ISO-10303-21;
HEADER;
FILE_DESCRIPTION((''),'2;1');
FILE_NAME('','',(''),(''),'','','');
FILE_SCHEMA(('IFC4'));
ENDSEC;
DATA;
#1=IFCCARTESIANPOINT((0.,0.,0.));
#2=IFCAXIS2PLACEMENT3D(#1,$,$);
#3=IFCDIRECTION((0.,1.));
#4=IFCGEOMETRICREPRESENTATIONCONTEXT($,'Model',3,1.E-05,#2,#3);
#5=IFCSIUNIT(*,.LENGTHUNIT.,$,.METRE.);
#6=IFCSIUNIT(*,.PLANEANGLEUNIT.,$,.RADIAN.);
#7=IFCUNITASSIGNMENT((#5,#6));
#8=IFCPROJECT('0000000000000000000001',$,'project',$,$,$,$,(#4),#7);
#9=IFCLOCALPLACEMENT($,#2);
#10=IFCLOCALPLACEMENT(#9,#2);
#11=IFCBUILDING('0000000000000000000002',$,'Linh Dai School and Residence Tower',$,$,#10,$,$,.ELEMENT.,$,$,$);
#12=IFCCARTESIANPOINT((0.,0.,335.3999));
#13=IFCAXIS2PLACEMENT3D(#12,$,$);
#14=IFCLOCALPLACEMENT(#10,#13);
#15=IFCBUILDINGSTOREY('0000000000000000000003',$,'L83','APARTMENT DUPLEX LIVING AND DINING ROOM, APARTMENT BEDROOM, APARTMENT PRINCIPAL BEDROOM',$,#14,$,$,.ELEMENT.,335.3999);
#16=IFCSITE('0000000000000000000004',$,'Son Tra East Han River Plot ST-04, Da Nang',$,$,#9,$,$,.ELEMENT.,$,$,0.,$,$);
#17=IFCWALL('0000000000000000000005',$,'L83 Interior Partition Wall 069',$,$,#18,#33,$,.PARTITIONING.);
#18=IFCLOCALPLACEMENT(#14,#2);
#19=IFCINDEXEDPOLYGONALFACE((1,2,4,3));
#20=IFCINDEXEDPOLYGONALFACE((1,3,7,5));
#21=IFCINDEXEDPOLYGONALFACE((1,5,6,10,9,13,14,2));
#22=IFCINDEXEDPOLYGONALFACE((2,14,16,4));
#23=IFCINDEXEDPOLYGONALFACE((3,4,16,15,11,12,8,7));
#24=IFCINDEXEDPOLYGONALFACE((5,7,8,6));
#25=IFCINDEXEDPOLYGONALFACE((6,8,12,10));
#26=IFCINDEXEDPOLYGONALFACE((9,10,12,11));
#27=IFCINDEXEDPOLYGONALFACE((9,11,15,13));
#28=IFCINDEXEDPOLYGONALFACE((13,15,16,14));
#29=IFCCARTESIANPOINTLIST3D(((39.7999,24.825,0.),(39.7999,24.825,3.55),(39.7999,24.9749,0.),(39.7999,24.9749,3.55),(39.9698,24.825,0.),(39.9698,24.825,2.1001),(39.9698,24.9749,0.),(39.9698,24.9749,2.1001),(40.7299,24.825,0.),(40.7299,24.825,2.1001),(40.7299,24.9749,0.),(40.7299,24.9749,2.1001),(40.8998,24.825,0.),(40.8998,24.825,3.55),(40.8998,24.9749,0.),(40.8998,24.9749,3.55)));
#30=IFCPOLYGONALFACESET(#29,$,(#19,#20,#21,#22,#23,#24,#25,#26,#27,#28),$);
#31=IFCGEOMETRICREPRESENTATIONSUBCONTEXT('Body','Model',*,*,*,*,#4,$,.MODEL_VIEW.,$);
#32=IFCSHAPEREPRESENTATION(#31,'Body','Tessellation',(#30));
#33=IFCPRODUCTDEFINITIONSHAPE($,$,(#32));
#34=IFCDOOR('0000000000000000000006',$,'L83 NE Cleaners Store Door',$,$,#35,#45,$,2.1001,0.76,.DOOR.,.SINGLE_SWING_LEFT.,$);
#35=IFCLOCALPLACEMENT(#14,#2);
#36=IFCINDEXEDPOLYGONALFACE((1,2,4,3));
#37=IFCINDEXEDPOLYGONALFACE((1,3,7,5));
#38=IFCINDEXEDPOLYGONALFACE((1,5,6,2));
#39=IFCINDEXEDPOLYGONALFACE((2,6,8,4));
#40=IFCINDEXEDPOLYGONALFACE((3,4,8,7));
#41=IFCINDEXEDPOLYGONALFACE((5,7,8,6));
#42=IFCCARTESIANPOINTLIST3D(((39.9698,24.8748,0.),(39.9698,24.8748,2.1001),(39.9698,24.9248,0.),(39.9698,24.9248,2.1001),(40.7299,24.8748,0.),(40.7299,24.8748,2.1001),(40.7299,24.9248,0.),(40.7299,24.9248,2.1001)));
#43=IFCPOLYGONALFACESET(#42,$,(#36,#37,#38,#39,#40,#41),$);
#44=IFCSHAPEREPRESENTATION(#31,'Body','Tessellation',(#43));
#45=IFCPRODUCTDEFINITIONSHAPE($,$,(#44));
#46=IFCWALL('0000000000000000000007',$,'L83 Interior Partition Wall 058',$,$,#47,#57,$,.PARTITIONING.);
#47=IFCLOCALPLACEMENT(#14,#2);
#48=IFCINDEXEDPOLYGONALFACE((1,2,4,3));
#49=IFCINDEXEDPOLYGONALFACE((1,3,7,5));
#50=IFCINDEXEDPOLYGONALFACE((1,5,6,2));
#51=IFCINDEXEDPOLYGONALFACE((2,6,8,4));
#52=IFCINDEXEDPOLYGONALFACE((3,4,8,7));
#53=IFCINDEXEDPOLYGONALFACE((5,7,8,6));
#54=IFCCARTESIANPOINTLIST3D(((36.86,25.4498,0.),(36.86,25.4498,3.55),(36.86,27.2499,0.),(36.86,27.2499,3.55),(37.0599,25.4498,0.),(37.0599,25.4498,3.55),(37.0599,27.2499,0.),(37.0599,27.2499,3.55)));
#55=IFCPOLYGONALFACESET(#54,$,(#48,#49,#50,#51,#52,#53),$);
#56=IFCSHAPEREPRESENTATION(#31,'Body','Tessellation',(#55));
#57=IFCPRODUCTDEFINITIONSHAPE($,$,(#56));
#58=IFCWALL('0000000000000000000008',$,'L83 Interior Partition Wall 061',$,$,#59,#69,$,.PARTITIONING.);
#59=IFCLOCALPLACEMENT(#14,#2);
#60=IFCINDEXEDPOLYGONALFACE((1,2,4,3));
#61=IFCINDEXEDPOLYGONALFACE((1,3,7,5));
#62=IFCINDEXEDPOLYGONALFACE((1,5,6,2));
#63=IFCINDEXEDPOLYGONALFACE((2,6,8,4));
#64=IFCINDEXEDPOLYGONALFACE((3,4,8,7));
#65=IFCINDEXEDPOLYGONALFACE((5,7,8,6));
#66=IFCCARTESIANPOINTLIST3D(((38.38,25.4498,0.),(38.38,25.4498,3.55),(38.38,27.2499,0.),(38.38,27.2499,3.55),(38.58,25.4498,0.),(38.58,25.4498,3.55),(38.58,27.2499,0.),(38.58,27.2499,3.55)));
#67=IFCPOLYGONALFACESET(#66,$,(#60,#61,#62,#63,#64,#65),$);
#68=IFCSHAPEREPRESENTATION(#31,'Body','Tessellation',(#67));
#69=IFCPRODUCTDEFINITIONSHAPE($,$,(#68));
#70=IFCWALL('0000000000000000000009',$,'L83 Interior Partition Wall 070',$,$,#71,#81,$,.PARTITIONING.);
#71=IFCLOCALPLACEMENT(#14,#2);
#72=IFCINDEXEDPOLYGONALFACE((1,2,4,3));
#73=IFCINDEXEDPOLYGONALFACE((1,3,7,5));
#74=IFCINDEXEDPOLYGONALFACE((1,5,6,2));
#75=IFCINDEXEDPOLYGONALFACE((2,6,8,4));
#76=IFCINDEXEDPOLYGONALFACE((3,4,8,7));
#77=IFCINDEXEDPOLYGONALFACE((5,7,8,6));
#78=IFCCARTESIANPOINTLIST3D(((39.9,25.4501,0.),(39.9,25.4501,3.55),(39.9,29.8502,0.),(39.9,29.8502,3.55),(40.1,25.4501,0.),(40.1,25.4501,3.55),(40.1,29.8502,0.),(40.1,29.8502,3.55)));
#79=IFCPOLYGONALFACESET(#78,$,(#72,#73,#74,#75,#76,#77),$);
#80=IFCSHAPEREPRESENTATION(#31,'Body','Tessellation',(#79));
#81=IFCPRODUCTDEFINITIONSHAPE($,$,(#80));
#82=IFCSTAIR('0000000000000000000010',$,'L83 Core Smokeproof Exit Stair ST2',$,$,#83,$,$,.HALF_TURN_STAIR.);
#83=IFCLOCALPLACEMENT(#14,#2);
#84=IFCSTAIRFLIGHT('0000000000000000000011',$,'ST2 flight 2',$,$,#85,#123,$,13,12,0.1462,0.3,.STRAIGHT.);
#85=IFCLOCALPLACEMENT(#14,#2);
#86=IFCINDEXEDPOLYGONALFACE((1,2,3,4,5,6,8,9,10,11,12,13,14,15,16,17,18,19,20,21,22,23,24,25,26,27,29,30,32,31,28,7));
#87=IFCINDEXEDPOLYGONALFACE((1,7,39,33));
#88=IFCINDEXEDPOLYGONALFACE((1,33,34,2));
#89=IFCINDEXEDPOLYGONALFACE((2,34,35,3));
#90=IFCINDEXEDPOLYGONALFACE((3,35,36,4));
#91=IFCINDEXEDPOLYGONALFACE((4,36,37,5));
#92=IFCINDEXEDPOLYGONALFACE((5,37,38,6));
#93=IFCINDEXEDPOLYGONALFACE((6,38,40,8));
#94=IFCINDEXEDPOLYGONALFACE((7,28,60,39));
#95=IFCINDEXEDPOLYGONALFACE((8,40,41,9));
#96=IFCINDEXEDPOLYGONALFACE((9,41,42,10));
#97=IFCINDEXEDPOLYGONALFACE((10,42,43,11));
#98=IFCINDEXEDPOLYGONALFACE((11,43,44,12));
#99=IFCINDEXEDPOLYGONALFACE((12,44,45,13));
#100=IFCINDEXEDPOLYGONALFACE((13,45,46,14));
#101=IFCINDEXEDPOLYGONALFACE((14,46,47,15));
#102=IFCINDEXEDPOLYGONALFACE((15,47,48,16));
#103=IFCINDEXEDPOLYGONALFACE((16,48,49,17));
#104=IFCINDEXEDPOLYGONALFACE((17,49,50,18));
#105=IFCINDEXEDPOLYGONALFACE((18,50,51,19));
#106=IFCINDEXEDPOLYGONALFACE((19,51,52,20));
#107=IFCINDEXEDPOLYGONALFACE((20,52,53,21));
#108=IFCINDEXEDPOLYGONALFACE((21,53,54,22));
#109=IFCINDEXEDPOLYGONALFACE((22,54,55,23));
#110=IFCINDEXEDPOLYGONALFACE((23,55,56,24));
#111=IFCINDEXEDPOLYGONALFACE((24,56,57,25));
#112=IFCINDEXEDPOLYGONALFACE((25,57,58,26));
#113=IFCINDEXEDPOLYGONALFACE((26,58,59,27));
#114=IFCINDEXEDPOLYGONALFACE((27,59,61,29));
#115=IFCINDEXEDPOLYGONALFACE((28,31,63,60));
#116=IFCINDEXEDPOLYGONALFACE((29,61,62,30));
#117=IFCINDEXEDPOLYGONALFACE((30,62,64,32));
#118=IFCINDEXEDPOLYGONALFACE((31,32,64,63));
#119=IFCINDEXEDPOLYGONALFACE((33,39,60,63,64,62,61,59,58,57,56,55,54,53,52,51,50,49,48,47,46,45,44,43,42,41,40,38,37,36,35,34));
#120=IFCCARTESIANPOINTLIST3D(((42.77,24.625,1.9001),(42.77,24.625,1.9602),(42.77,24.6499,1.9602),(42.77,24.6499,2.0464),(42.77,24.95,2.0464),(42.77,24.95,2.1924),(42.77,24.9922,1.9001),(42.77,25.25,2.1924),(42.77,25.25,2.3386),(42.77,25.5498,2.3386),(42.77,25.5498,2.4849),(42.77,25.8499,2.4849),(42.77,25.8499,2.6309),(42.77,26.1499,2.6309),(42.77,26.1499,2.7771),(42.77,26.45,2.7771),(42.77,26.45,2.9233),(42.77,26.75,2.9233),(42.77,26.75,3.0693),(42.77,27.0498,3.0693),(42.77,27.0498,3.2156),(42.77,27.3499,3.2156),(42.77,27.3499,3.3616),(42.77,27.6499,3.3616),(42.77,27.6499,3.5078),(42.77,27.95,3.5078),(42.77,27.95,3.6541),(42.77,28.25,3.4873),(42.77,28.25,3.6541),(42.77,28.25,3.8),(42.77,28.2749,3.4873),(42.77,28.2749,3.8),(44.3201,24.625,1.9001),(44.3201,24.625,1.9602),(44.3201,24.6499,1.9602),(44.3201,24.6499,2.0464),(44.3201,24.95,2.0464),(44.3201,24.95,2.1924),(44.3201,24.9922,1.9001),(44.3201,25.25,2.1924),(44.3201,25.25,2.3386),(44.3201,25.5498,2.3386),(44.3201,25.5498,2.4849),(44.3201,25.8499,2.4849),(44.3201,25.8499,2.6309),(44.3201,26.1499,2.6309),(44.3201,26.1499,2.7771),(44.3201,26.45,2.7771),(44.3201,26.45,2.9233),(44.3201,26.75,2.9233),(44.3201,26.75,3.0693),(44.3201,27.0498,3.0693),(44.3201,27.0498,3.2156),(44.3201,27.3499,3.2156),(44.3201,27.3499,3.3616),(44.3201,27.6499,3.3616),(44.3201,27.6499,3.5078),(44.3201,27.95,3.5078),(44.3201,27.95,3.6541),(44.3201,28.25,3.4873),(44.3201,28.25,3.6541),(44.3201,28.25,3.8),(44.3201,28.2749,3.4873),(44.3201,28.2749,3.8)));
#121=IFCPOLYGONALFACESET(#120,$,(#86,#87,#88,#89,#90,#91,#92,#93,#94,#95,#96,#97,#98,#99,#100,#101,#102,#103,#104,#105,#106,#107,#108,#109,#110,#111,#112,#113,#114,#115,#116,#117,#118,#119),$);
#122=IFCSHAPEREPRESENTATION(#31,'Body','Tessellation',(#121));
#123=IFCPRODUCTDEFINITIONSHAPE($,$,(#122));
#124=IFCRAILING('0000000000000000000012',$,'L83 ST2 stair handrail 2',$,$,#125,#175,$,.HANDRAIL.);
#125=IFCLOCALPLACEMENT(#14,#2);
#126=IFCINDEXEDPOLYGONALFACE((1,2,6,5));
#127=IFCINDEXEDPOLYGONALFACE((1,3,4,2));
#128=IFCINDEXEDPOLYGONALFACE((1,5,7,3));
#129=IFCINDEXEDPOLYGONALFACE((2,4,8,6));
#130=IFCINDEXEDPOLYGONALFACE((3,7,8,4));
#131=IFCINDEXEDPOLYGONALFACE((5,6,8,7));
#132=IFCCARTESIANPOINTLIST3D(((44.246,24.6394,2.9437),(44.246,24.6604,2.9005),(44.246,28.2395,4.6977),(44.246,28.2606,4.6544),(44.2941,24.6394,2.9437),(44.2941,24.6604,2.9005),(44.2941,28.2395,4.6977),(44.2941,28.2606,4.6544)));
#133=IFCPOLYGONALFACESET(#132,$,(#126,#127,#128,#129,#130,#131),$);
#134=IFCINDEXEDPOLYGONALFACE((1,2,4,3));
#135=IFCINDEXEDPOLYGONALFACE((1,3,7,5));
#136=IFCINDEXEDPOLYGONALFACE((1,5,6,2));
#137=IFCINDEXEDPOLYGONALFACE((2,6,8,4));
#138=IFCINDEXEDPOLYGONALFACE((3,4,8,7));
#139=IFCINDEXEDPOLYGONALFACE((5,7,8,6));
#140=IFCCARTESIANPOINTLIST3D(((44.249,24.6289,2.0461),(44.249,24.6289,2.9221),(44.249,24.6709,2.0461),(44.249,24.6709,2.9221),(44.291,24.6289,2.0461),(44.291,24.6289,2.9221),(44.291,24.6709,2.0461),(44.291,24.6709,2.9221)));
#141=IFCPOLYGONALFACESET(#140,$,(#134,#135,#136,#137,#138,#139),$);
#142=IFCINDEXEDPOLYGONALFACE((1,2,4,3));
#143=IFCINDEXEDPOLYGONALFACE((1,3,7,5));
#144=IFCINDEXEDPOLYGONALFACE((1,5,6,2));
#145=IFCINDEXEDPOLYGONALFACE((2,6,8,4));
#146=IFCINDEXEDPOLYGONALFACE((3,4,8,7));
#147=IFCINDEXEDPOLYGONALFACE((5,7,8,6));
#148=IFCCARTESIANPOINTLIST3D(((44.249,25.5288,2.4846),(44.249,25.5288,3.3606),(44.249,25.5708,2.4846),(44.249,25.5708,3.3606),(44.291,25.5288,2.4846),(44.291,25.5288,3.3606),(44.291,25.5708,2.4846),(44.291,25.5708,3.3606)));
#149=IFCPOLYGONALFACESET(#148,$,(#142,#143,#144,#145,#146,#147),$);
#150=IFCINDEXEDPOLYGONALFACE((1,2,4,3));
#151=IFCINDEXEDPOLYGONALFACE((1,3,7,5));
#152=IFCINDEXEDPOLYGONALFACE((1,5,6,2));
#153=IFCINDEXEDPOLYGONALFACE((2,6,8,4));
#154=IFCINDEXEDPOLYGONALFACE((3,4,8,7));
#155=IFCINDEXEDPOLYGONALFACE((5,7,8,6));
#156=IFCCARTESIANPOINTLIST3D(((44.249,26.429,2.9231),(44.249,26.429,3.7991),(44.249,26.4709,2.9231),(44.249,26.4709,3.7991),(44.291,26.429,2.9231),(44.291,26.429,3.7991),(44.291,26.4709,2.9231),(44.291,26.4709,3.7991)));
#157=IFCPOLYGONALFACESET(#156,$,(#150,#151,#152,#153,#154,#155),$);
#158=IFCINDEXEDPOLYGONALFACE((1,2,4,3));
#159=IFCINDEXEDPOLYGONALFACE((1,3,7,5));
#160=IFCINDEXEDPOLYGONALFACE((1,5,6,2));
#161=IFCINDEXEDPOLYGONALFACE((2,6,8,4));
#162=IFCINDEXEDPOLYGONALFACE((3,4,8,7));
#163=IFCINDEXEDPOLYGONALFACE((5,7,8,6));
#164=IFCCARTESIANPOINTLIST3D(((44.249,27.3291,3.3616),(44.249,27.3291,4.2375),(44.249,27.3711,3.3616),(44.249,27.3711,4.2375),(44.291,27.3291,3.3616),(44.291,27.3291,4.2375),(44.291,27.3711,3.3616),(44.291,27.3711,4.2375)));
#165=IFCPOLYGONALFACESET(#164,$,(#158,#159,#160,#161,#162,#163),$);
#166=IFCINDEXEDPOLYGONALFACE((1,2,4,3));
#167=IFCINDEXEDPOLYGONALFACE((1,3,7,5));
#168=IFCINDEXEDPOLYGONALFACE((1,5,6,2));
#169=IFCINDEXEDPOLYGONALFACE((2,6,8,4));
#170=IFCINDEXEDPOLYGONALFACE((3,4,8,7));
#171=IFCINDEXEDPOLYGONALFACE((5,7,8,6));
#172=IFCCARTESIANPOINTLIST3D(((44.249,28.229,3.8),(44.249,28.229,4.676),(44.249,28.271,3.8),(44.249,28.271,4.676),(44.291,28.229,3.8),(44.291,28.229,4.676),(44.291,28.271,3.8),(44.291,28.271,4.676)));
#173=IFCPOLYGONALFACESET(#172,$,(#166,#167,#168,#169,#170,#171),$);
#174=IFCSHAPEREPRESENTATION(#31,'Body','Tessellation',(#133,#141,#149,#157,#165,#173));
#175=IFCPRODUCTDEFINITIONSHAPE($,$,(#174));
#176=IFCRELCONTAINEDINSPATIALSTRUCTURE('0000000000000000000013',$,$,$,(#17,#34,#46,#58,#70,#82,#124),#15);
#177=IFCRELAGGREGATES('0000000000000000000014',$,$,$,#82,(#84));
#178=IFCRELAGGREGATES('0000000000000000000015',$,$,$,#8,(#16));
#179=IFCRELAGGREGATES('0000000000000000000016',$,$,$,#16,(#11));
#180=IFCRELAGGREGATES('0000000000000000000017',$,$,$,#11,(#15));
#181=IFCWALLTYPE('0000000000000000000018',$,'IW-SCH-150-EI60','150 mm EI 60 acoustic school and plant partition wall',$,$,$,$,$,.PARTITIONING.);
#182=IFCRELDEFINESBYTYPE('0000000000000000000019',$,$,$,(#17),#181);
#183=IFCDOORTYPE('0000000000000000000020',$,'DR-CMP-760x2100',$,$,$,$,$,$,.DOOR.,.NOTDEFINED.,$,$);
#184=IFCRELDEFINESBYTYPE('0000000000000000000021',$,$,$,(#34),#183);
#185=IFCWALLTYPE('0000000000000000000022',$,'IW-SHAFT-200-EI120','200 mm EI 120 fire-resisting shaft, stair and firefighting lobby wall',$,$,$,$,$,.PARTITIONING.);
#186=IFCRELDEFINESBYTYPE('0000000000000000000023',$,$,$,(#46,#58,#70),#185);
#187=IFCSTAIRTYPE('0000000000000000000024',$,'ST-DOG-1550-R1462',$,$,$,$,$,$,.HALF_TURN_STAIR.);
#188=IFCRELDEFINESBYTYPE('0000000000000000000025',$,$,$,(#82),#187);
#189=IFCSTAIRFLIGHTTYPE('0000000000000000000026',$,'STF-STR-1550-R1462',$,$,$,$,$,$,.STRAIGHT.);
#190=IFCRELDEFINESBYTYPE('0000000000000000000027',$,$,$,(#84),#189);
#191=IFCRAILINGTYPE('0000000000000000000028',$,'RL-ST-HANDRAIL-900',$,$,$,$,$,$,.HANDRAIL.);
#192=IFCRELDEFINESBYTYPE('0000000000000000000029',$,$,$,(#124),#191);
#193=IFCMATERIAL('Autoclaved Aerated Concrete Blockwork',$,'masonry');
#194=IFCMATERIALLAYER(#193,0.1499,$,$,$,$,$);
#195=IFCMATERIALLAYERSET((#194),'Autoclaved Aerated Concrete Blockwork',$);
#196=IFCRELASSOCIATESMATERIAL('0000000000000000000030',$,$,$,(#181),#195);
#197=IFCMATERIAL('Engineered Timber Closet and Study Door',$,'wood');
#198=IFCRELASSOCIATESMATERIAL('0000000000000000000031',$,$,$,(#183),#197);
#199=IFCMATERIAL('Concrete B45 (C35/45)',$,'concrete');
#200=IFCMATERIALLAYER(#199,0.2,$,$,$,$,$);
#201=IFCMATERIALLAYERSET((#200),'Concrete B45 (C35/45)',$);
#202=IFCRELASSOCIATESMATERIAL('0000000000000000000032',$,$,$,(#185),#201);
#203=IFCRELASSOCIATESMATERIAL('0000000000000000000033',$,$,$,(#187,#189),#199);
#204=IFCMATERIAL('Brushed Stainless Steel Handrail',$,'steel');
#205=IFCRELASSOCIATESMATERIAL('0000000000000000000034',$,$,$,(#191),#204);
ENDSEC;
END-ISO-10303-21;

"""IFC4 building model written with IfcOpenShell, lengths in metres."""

from ifc_helpers import new_model, si_unit, direction, frame, frame_2d, origin, origin_2d, place, context, subcontext, project, spatial, polyline, rectangle, outline, extrude, source, transform, mapped, material, layer, layer_set, type_object, element, fill, aggregate, save


model = new_model("IFC4")

# Units and contexts
model_context = context("Model", 3, precision=1e-05, world=origin(), true_north=direction((0.0, 1.0)))
body_context = subcontext(model_context, "Body", "Model", "MODEL_VIEW")
ifc_project = project(units=[si_unit("LENGTHUNIT", "METRE"), si_unit("PLANEANGLEUNIT", "RADIAN")], contexts=[model_context])

# Site, building, storey
site_placement = place(None, origin())
site = spatial("IfcSite", under=ifc_project, at=site_placement, Name="Son Tra East Han River Plot ST-04, Da Nang", CompositionType="ELEMENT", RefElevation=0.0)
building_placement = place(site_placement, origin())
building = spatial("IfcBuilding", under=site, at=building_placement, Name="Linh Dai School and Residence Tower", CompositionType="ELEMENT")
storey_placement = place(building_placement, frame((0.0, 0.0, 335.3999)))
storey = spatial("IfcBuildingStorey", under=building, at=storey_placement, Name="L83", Description="APARTMENT DUPLEX LIVING AND DINING ROOM, APARTMENT BEDROOM, APARTMENT PRINCIPAL BEDROOM", CompositionType="ELEMENT", Elevation=335.3999)

# Shared definitions
ifc_material_1 = material(Name="Autoclaved Aerated Concrete Blockwork", Category="masonry")

# Wall, opening, door
ifc_layer_1 = layer(ifc_material_1, 0.1499)
ifc_layer_set_1 = layer_set([ifc_layer_1], Name="Autoclaved Aerated Concrete Blockwork")
wall_type_1 = type_object("IfcWallType", Name="IW-SCH-150-EI60", Description="150 mm EI 60 acoustic school and plant partition wall", PredefinedType="PARTITIONING", material=ifc_layer_set_1)
wall_1_placement = place(storey_placement, frame((39.8, 24.8999, 0.0), z_axis=(0.0, 0.0, 1.0), x_axis=(1.0, 0.0, 0.0)))
wall_1 = element("IfcWall", 1, at=wall_1_placement, inside=storey, type_object=wall_type_1, Name="L83 Interior Partition Wall 069", PredefinedType="PARTITIONING", context=body_context, shape_type="SweptSolid", body=[
    extrude(rectangle(XDim=1.0999, YDim=0.1499, at=frame_2d((0.5498, 0.0))), origin(), (0.0, 0.0, 1.0), 3.55),
])
opening_1_placement = place(wall_1_placement, frame((0.1699, 0.0, 0.0)))
opening_1 = element("IfcOpeningElement", 2, at=opening_1_placement, cuts=wall_1, PredefinedType="OPENING", context=body_context, shape_type="SweptSolid", body=[
    extrude(rectangle(XDim=0.76, YDim=2.1001, at=origin_2d()), frame((0.3799, 0.085, 1.05), z_axis=(0.0, -1.0, 0.0), x_axis=(1.0, 0.0, 0.0)), (0.0, 0.0, 1.0), 0.1699),
])
ifc_material_2 = material(Name="Engineered Timber Closet and Study Door", Category="wood")
door_type_1 = type_object("IfcDoorType", Name="DR-CMP-760x2100", OperationType="NOTDEFINED", PredefinedType="DOOR", material=ifc_material_2)
shared_shape_1 = source(origin(), body_context, "Body", "SweptSolid", [
    extrude(rectangle(XDim=0.76, YDim=2.1001, at=origin_2d()), frame((0.3799, 0.0249, 1.05), z_axis=(0.0, -1.0, 0.0), x_axis=(1.0, 0.0, 0.0)), (0.0, 0.0, 1.0), 0.05),
])
door_1_placement = place(opening_1_placement, origin())
door_1 = element("IfcDoor", 3, at=door_1_placement, inside=storey, type_object=door_type_1, Name="L83 NE Cleaners Store Door", OperationType="SINGLE_SWING_LEFT", OverallHeight=2.1001, OverallWidth=0.76, PredefinedType="DOOR", context=body_context, shape_type="MappedRepresentation", body=[
    mapped(shared_shape_1, transform((0.0, 0.0, 0.0), x_axis=(1.0, 0.0, 0.0), y_axis=(0.0, 1.0, 0.0), z_axis=(0.0, 0.0, 1.0), scale=1.0)),
])
fill(opening_1, door_1)

# Walls
ifc_material_3 = material(Name="Concrete B45 (C35/45)", Category="concrete")
ifc_layer_2 = layer(ifc_material_3, 0.2)
ifc_layer_set_2 = layer_set([ifc_layer_2], Name="Concrete B45 (C35/45)")
wall_type_2 = type_object("IfcWallType", Name="IW-SHAFT-200-EI120", Description="200 mm EI 120 fire-resisting shaft, stair and firefighting lobby wall", PredefinedType="PARTITIONING", material=ifc_layer_set_2)
for number, where, z_axis, x_axis, name in (
    (4, (36.96, 25.45, 0.0), (0.0, 0.0, 1.0), (0.0, 1.0, 0.0), "L83 Interior Partition Wall 058"),
    (5, (38.48, 25.45, 0.0), (0.0, 0.0, 1.0), (0.0, 1.0, 0.0), "L83 Interior Partition Wall 061"),
):
    element("IfcWall", number, at=place(storey_placement, frame(where, z_axis=z_axis, x_axis=x_axis)), inside=storey, type_object=wall_type_2, Name=name, PredefinedType="PARTITIONING", context=body_context, shape_type="SweptSolid", body=[
        extrude(rectangle(XDim=1.8, YDim=0.2, at=frame_2d((0.8999, 0.0))), origin(), (0.0, 0.0, 1.0), 3.55),
    ])
wall_2_placement = place(storey_placement, frame((40.0, 25.45, 0.0), z_axis=(0.0, 0.0, 1.0), x_axis=(0.0, 1.0, 0.0)))
element("IfcWall", 6, at=wall_2_placement, inside=storey, type_object=wall_type_2, Name="L83 Interior Partition Wall 070", PredefinedType="PARTITIONING", context=body_context, shape_type="SweptSolid", body=[
    extrude(rectangle(XDim=4.4001, YDim=0.2, at=frame_2d((2.2002, 0.0))), origin(), (0.0, 0.0, 1.0), 3.55),
])

# Stair, stair flight
stair_type = type_object("IfcStairType", Name="ST-DOG-1550-R1462", PredefinedType="HALF_TURN_STAIR", material=ifc_material_3)
stair_placement = place(storey_placement, origin())
stair = element("IfcStair", 7, at=stair_placement, inside=storey, type_object=stair_type, Name="L83 Core Smokeproof Exit Stair ST2", PredefinedType="HALF_TURN_STAIR")
stair_flight_type = type_object("IfcStairFlightType", Name="STF-STR-1550-R1462", PredefinedType="STRAIGHT", material=ifc_material_3)
shared_shape_2 = source(origin(), body_context, "Body", "SweptSolid", [
    extrude(outline(polyline([(-0.0249, 0.0), (-0.0249, 0.0601), (0.0, 0.0601), (0.0, 0.1462), (0.3, 0.1462), (0.3, 0.2922), (0.6001, 0.2922), (0.6001, 0.4385), (0.8999, 0.4385), (0.8999, 0.5847), (1.2, 0.5847), (1.2, 0.7307), (1.5, 0.7307), (1.5, 0.877), (1.8, 0.877), (1.8, 1.0232), (2.1001, 1.0232), (2.1001, 1.1692), (2.3999, 1.1692), (2.3999, 1.3154), (2.7, 1.3154), (2.7, 1.4614), (3.0, 1.4614), (3.0, 1.6077), (3.3, 1.6077), (3.3, 1.7539), (3.6001, 1.7539), (3.6001, 1.8999), (3.625, 1.8999), (3.625, 1.5872), (3.6001, 1.5872), (0.3423, 0.0), (-0.0249, 0.0)])), frame((0.0, 0.7749, 0.0), z_axis=(0.0, -1.0, 0.0), x_axis=(1.0, 0.0, 0.0)), (0.0, 0.0, 1.0), 1.55),
])
stair_flight_placement = place(storey_placement, frame((43.5449, 24.6499, 1.9001), z_axis=(0.0, 0.0, 1.0), x_axis=(0.0, 1.0, 0.0)))
stair_flight = element("IfcStairFlight", 8, at=stair_flight_placement, type_object=stair_flight_type, Name="ST2 flight 2", NumberOfRisers=13, NumberOfTreads=12, PredefinedType="STRAIGHT", RiserHeight=0.1462, TreadLength=0.3, context=body_context, shape_type="MappedRepresentation", body=[
    mapped(shared_shape_2, transform((0.0, 0.0, 0.0), x_axis=(1.0, 0.0, 0.0), y_axis=(0.0, 1.0, 0.0), z_axis=(0.0, 0.0, 1.0), scale=1.0)),
])
aggregate(stair, [stair_flight])

# Railing
ifc_material_4 = material(Name="Brushed Stainless Steel Handrail", Category="steel")
railing_type_1 = type_object("IfcRailingType", Name="RL-ST-HANDRAIL-900", PredefinedType="HANDRAIL", material=ifc_material_4)
shared_shape_3 = source(origin(), body_context, "Body", "SweptSolid", [
    extrude(rectangle(XDim=0.0481, YDim=0.0481, at=origin_2d()), frame((0.0, 0.0, 0.876), z_axis=(0.0, 0.898989, 0.437972), x_axis=(-1.0, 0.0, 0.0)), (0.0, 0.0, 1.0), 4.0046),
    extrude(rectangle(XDim=0.042, YDim=0.042, at=origin_2d()), origin(), (0.0, 0.0, 1.0), 0.876),
    extrude(rectangle(XDim=0.042, YDim=0.042, at=origin_2d()), frame((0.0, 0.8999, 0.4385)), (0.0, 0.0, 1.0), 0.876),
    extrude(rectangle(XDim=0.042, YDim=0.042, at=origin_2d()), frame((0.0, 1.8, 0.877)), (0.0, 0.0, 1.0), 0.876),
    extrude(rectangle(XDim=0.042, YDim=0.042, at=origin_2d()), frame((0.0, 2.7002, 1.3154)), (0.0, 0.0, 1.0), 0.876),
    extrude(rectangle(XDim=0.042, YDim=0.042, at=origin_2d()), frame((0.0, 3.6001, 1.7539)), (0.0, 0.0, 1.0), 0.876),
])
railing_1_placement = place(storey_placement, frame((44.27, 24.6499, 2.0461)))
element("IfcRailing", 9, at=railing_1_placement, inside=storey, type_object=railing_type_1, Name="L83 ST2 stair handrail 2", PredefinedType="HANDRAIL", context=body_context, shape_type="MappedRepresentation", body=[
    mapped(shared_shape_3, transform((0.0, 0.0, 0.0), x_axis=(1.0, 0.0, 0.0), y_axis=(0.0, 1.0, 0.0), z_axis=(0.0, 0.0, 1.0), scale=1.0)),
])

save(model, "model.ifc")
